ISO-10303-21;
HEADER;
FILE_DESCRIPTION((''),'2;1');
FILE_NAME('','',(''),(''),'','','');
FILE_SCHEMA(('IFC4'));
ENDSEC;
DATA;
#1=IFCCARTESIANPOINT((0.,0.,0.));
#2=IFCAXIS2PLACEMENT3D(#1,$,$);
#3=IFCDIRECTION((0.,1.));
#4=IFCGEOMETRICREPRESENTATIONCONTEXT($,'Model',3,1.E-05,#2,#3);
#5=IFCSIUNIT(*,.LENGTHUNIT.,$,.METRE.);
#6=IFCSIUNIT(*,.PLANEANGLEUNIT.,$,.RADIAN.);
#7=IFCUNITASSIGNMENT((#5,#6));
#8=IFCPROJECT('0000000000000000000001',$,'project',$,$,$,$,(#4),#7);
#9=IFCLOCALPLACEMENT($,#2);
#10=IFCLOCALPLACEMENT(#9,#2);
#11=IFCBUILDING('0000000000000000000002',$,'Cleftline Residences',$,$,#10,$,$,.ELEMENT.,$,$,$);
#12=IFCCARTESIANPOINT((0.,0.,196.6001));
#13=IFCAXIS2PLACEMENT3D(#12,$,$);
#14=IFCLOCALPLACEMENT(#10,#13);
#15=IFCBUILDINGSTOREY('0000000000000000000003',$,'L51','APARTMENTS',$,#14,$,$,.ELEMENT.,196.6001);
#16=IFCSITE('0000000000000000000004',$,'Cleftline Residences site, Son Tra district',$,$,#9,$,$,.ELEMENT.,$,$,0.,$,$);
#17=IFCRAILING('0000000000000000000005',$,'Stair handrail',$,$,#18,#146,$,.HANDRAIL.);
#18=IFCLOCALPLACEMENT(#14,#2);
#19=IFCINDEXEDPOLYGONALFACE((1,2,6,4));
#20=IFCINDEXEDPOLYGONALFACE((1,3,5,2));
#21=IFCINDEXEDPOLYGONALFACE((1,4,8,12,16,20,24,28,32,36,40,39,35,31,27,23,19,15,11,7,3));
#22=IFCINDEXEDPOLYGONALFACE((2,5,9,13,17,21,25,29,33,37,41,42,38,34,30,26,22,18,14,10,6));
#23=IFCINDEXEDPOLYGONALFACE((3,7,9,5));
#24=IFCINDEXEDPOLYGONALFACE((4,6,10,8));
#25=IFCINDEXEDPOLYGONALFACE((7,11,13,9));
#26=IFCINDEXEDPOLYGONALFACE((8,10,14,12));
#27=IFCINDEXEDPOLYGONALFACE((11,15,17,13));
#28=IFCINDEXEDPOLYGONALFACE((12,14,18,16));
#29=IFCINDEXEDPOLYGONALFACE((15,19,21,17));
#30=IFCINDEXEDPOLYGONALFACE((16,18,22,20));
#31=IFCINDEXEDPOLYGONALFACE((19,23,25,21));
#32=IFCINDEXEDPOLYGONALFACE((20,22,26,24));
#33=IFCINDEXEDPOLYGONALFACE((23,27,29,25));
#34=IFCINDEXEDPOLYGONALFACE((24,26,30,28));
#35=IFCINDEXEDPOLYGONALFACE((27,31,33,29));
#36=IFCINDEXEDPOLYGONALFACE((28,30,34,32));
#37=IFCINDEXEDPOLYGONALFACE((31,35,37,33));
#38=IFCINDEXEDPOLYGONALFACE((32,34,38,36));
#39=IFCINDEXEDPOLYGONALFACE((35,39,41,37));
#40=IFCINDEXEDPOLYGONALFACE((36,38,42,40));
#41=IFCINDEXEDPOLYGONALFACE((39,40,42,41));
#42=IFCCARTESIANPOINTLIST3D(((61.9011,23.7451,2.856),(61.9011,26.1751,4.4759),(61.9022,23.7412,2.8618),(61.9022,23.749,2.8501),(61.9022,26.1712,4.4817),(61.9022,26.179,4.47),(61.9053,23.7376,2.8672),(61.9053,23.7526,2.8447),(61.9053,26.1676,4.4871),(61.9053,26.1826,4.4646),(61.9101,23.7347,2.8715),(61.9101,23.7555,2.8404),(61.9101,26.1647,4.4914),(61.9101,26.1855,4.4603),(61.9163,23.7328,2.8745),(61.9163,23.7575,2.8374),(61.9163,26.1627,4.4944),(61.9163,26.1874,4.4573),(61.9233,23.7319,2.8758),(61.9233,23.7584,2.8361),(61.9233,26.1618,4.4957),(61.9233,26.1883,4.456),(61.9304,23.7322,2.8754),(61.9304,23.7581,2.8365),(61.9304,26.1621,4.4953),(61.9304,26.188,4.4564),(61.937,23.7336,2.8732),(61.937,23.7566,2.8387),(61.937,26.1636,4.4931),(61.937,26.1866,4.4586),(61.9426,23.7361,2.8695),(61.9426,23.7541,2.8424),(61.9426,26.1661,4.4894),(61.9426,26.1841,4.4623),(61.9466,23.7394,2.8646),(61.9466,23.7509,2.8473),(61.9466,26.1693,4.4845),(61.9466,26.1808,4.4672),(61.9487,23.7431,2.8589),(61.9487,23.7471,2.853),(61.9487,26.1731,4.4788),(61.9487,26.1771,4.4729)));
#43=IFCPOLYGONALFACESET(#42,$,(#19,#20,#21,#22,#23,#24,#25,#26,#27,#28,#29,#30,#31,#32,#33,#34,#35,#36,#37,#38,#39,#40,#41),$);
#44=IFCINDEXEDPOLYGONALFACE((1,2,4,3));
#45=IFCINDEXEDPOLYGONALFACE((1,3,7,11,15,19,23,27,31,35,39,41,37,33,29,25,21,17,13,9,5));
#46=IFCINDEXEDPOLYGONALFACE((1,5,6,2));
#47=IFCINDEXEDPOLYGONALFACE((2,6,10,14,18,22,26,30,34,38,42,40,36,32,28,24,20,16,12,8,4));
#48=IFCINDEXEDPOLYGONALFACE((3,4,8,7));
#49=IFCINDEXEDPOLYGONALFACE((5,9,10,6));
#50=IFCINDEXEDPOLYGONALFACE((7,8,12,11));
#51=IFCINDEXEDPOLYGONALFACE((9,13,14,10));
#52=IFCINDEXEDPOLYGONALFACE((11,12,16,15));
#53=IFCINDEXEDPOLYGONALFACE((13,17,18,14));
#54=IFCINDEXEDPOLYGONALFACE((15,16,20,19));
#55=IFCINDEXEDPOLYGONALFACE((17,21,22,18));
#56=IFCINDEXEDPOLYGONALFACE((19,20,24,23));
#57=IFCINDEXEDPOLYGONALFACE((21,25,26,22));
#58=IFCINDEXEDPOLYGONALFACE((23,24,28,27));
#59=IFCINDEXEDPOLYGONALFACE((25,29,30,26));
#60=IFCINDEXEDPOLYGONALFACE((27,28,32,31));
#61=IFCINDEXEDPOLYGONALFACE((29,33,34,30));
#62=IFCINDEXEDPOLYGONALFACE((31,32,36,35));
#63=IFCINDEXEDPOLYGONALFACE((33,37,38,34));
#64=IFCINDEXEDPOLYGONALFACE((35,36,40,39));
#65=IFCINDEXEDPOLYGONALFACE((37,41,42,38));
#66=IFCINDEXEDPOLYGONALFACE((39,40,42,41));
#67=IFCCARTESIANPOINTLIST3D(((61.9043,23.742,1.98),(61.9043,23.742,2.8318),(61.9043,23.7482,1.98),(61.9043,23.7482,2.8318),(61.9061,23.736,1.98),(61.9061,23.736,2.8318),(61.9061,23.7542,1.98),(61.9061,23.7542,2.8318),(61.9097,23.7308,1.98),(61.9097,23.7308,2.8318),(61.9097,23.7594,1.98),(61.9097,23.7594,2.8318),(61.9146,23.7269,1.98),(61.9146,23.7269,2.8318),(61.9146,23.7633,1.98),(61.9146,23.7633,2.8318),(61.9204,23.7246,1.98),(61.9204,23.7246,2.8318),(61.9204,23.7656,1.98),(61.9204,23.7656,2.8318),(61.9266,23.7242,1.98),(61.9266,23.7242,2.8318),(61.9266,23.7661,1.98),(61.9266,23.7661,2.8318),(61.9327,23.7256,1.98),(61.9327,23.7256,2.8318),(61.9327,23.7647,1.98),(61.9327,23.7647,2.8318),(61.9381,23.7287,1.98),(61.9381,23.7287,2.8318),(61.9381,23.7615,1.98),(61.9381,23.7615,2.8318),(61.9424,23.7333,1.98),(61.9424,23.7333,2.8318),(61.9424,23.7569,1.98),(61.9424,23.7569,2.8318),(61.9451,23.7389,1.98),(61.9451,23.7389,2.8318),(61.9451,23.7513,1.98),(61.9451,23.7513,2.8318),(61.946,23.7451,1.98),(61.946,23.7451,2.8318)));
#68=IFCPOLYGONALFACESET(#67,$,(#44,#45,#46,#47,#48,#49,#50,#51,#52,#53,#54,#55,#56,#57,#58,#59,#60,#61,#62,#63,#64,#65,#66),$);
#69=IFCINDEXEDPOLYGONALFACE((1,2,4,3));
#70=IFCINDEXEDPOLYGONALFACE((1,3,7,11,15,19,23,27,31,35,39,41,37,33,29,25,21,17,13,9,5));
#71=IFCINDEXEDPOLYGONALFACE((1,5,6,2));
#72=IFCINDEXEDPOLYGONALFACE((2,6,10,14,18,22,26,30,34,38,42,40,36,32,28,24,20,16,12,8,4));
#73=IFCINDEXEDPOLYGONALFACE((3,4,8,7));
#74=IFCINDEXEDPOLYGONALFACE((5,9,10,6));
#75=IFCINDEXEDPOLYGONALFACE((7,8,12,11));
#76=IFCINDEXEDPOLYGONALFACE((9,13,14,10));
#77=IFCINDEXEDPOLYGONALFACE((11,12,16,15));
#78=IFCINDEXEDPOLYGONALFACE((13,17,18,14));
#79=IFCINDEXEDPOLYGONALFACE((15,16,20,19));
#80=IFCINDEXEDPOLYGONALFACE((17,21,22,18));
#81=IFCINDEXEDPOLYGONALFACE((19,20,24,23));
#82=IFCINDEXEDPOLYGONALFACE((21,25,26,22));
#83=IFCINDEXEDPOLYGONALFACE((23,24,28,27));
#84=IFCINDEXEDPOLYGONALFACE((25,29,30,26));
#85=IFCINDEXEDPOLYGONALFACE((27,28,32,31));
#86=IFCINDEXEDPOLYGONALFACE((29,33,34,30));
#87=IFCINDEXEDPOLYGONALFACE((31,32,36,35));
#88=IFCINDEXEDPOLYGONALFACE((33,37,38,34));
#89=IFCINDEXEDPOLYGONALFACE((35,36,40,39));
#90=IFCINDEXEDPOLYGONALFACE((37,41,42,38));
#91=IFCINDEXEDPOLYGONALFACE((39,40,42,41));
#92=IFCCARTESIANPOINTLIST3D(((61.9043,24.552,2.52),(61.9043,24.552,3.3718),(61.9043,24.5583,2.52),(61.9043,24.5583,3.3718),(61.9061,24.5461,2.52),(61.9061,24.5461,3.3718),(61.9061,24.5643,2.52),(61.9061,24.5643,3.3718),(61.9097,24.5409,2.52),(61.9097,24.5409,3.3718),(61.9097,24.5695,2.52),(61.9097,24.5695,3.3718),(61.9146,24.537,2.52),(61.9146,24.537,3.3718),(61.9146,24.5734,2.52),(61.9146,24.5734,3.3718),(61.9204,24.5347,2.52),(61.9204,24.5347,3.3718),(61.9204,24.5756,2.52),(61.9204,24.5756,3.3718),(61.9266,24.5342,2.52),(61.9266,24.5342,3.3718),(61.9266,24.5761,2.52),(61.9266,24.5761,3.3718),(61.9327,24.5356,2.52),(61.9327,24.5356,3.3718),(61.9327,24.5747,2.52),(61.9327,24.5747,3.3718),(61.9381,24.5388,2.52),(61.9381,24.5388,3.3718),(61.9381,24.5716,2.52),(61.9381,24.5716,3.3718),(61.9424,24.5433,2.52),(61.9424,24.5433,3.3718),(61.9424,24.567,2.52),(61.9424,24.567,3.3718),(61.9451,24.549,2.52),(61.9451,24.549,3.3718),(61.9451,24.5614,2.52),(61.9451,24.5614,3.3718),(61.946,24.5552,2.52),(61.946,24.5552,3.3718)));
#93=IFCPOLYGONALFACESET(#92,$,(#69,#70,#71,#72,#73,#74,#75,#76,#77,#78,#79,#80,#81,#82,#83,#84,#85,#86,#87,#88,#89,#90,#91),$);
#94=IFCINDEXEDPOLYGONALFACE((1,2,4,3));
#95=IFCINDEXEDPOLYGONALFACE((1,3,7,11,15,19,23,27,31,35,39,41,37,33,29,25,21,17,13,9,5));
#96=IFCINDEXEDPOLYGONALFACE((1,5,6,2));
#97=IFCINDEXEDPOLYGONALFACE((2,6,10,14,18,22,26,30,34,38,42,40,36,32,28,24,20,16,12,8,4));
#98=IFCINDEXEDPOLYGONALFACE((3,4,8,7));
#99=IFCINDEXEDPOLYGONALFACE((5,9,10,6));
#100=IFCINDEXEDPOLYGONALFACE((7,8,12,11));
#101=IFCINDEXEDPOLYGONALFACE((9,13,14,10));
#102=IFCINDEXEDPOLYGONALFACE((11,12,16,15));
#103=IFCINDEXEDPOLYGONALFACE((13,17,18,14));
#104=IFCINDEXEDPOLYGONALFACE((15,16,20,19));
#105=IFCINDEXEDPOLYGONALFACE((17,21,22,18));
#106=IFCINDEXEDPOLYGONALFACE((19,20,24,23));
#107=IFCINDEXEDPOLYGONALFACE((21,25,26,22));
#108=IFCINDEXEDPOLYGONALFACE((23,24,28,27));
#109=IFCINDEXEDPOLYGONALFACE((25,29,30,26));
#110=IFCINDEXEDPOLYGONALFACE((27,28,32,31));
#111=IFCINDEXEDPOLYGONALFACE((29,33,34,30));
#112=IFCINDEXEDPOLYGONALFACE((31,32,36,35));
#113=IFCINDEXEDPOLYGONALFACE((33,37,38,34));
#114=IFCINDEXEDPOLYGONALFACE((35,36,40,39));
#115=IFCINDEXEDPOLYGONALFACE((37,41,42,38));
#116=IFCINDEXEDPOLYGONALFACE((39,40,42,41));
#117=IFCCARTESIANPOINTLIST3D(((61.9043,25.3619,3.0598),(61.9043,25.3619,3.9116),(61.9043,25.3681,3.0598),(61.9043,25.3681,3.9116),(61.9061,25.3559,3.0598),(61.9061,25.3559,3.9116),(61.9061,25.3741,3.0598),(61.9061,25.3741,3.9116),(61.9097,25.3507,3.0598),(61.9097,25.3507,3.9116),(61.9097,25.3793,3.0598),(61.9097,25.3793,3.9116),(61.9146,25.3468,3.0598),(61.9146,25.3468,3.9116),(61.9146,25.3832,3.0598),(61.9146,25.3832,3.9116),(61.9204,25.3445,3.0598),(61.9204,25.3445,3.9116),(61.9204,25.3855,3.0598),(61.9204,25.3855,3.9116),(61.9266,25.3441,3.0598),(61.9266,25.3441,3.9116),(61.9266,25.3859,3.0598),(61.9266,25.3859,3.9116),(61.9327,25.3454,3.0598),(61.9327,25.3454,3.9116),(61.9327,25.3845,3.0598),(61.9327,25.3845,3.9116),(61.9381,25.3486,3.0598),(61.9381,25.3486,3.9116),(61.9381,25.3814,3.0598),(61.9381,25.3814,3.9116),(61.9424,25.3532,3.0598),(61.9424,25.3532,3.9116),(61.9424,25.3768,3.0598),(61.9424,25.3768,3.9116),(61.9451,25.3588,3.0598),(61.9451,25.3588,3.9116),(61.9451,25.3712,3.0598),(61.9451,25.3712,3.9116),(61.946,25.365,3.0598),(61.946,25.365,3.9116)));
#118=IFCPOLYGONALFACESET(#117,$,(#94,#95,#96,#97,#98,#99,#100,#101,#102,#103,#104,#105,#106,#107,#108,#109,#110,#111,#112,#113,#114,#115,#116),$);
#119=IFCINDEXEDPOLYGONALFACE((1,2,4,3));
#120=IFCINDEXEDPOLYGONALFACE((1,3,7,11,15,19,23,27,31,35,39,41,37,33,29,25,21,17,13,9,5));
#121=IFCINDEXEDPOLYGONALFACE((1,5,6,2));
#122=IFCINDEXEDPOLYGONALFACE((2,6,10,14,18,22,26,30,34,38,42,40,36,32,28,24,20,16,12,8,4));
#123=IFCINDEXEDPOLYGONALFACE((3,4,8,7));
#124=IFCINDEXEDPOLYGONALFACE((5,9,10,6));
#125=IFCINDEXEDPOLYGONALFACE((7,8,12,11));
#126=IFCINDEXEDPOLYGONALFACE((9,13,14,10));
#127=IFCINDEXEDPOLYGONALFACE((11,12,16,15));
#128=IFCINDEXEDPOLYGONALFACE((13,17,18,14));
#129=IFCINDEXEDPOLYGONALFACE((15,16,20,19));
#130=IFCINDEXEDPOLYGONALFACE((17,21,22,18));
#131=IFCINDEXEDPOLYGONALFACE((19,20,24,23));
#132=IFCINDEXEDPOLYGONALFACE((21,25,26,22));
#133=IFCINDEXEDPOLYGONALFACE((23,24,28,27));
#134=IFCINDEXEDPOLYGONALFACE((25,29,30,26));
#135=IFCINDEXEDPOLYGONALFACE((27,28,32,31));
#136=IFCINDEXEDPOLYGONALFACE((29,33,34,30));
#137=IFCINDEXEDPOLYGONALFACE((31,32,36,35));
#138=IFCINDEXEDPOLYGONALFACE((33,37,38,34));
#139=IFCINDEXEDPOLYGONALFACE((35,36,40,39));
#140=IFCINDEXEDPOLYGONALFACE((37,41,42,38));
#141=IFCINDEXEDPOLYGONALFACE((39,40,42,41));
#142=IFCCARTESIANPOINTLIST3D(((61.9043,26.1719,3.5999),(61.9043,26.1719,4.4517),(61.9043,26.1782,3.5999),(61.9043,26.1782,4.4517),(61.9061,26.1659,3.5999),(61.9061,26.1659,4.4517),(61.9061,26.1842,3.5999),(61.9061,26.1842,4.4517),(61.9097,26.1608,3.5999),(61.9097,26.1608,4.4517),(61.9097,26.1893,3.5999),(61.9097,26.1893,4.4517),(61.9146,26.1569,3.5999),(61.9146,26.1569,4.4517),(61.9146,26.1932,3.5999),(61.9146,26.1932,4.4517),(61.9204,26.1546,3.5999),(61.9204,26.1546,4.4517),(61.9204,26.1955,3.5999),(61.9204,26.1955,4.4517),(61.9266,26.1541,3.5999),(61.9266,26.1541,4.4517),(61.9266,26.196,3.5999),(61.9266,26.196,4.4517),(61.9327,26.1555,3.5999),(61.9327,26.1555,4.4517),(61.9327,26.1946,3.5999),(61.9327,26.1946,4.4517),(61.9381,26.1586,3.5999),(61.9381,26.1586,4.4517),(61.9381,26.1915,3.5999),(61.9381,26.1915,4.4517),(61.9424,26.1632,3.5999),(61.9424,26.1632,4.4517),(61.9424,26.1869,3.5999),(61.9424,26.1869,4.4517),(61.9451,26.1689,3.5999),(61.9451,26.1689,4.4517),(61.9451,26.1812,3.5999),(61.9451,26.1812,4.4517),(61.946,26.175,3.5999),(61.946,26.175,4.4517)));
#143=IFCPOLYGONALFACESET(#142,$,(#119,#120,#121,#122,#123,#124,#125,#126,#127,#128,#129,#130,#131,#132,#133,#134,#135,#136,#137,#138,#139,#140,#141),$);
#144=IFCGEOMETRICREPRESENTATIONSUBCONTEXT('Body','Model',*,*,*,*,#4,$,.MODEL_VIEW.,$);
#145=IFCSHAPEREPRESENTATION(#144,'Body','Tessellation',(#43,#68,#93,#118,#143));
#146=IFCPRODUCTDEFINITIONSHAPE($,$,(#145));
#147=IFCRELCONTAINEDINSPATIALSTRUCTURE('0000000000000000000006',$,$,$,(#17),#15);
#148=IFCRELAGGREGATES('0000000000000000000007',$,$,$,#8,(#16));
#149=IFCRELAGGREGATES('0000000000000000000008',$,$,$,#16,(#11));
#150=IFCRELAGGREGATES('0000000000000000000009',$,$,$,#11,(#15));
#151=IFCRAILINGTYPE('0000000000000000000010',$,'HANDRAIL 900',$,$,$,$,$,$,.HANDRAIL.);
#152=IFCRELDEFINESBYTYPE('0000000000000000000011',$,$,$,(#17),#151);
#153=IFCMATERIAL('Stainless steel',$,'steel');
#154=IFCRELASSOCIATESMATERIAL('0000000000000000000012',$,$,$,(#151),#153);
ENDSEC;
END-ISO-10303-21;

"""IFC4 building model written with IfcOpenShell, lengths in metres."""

from ifc_helpers import new_model, si_unit, direction, frame, origin, origin_2d, place, context, subcontext, project, spatial, circle, extrude, material, type_object, element, save


model = new_model("IFC4")

# Units and contexts
model_context = context("Model", 3, precision=1e-05, world=origin(), true_north=direction((0.0, 1.0)))
body_context = subcontext(model_context, "Body", "Model", "MODEL_VIEW")
ifc_project = project(units=[si_unit("LENGTHUNIT", "METRE"), si_unit("PLANEANGLEUNIT", "RADIAN")], contexts=[model_context])

# Site, building, storey
site_placement = place(None, origin())
site = spatial("IfcSite", under=ifc_project, at=site_placement, Name="Cleftline Residences site, Son Tra district", CompositionType="ELEMENT", RefElevation=0.0)
building_placement = place(site_placement, origin())
building = spatial("IfcBuilding", under=site, at=building_placement, Name="Cleftline Residences", CompositionType="ELEMENT")
storey_placement = place(building_placement, frame((0.0, 0.0, 196.6001)))
storey = spatial("IfcBuildingStorey", under=building, at=storey_placement, Name="L51", Description="APARTMENTS", CompositionType="ELEMENT", Elevation=196.6001)

# Railing
ifc_material_1 = material(Name="Stainless steel", Category="steel")
railing_type = type_object("IfcRailingType", Name="HANDRAIL 900", PredefinedType="HANDRAIL", material=ifc_material_1)
railing_placement = place(storey_placement, frame((61.925, 23.7451, 1.98)))
element("IfcRailing", 1, at=railing_placement, inside=storey, type_object=railing_type, Name="Stair handrail", PredefinedType="HANDRAIL", context=body_context, shape_type="SweptSolid", body=[
    extrude(circle(Radius=0.0239, at=origin_2d()), frame((0.0, 0.0, 0.876), z_axis=(0.0, 0.832063, 0.554681), x_axis=(-1.0, 0.0, 0.0)), (0.0, 0.0, 1.0), 2.9204),
    extrude(circle(Radius=0.021, at=origin_2d()), origin(), (0.0, 0.0, 1.0), 0.8518),
    extrude(circle(Radius=0.021, at=origin_2d()), frame((0.0, 0.8101, 0.54)), (0.0, 0.0, 1.0), 0.8518),
    extrude(circle(Radius=0.021, at=origin_2d()), frame((0.0, 1.6199, 1.0798)), (0.0, 0.0, 1.0), 0.8518),
    extrude(circle(Radius=0.021, at=origin_2d()), frame((0.0, 2.4299, 1.6199)), (0.0, 0.0, 1.0), 0.8518),
])

save(model, "model.ifc")
